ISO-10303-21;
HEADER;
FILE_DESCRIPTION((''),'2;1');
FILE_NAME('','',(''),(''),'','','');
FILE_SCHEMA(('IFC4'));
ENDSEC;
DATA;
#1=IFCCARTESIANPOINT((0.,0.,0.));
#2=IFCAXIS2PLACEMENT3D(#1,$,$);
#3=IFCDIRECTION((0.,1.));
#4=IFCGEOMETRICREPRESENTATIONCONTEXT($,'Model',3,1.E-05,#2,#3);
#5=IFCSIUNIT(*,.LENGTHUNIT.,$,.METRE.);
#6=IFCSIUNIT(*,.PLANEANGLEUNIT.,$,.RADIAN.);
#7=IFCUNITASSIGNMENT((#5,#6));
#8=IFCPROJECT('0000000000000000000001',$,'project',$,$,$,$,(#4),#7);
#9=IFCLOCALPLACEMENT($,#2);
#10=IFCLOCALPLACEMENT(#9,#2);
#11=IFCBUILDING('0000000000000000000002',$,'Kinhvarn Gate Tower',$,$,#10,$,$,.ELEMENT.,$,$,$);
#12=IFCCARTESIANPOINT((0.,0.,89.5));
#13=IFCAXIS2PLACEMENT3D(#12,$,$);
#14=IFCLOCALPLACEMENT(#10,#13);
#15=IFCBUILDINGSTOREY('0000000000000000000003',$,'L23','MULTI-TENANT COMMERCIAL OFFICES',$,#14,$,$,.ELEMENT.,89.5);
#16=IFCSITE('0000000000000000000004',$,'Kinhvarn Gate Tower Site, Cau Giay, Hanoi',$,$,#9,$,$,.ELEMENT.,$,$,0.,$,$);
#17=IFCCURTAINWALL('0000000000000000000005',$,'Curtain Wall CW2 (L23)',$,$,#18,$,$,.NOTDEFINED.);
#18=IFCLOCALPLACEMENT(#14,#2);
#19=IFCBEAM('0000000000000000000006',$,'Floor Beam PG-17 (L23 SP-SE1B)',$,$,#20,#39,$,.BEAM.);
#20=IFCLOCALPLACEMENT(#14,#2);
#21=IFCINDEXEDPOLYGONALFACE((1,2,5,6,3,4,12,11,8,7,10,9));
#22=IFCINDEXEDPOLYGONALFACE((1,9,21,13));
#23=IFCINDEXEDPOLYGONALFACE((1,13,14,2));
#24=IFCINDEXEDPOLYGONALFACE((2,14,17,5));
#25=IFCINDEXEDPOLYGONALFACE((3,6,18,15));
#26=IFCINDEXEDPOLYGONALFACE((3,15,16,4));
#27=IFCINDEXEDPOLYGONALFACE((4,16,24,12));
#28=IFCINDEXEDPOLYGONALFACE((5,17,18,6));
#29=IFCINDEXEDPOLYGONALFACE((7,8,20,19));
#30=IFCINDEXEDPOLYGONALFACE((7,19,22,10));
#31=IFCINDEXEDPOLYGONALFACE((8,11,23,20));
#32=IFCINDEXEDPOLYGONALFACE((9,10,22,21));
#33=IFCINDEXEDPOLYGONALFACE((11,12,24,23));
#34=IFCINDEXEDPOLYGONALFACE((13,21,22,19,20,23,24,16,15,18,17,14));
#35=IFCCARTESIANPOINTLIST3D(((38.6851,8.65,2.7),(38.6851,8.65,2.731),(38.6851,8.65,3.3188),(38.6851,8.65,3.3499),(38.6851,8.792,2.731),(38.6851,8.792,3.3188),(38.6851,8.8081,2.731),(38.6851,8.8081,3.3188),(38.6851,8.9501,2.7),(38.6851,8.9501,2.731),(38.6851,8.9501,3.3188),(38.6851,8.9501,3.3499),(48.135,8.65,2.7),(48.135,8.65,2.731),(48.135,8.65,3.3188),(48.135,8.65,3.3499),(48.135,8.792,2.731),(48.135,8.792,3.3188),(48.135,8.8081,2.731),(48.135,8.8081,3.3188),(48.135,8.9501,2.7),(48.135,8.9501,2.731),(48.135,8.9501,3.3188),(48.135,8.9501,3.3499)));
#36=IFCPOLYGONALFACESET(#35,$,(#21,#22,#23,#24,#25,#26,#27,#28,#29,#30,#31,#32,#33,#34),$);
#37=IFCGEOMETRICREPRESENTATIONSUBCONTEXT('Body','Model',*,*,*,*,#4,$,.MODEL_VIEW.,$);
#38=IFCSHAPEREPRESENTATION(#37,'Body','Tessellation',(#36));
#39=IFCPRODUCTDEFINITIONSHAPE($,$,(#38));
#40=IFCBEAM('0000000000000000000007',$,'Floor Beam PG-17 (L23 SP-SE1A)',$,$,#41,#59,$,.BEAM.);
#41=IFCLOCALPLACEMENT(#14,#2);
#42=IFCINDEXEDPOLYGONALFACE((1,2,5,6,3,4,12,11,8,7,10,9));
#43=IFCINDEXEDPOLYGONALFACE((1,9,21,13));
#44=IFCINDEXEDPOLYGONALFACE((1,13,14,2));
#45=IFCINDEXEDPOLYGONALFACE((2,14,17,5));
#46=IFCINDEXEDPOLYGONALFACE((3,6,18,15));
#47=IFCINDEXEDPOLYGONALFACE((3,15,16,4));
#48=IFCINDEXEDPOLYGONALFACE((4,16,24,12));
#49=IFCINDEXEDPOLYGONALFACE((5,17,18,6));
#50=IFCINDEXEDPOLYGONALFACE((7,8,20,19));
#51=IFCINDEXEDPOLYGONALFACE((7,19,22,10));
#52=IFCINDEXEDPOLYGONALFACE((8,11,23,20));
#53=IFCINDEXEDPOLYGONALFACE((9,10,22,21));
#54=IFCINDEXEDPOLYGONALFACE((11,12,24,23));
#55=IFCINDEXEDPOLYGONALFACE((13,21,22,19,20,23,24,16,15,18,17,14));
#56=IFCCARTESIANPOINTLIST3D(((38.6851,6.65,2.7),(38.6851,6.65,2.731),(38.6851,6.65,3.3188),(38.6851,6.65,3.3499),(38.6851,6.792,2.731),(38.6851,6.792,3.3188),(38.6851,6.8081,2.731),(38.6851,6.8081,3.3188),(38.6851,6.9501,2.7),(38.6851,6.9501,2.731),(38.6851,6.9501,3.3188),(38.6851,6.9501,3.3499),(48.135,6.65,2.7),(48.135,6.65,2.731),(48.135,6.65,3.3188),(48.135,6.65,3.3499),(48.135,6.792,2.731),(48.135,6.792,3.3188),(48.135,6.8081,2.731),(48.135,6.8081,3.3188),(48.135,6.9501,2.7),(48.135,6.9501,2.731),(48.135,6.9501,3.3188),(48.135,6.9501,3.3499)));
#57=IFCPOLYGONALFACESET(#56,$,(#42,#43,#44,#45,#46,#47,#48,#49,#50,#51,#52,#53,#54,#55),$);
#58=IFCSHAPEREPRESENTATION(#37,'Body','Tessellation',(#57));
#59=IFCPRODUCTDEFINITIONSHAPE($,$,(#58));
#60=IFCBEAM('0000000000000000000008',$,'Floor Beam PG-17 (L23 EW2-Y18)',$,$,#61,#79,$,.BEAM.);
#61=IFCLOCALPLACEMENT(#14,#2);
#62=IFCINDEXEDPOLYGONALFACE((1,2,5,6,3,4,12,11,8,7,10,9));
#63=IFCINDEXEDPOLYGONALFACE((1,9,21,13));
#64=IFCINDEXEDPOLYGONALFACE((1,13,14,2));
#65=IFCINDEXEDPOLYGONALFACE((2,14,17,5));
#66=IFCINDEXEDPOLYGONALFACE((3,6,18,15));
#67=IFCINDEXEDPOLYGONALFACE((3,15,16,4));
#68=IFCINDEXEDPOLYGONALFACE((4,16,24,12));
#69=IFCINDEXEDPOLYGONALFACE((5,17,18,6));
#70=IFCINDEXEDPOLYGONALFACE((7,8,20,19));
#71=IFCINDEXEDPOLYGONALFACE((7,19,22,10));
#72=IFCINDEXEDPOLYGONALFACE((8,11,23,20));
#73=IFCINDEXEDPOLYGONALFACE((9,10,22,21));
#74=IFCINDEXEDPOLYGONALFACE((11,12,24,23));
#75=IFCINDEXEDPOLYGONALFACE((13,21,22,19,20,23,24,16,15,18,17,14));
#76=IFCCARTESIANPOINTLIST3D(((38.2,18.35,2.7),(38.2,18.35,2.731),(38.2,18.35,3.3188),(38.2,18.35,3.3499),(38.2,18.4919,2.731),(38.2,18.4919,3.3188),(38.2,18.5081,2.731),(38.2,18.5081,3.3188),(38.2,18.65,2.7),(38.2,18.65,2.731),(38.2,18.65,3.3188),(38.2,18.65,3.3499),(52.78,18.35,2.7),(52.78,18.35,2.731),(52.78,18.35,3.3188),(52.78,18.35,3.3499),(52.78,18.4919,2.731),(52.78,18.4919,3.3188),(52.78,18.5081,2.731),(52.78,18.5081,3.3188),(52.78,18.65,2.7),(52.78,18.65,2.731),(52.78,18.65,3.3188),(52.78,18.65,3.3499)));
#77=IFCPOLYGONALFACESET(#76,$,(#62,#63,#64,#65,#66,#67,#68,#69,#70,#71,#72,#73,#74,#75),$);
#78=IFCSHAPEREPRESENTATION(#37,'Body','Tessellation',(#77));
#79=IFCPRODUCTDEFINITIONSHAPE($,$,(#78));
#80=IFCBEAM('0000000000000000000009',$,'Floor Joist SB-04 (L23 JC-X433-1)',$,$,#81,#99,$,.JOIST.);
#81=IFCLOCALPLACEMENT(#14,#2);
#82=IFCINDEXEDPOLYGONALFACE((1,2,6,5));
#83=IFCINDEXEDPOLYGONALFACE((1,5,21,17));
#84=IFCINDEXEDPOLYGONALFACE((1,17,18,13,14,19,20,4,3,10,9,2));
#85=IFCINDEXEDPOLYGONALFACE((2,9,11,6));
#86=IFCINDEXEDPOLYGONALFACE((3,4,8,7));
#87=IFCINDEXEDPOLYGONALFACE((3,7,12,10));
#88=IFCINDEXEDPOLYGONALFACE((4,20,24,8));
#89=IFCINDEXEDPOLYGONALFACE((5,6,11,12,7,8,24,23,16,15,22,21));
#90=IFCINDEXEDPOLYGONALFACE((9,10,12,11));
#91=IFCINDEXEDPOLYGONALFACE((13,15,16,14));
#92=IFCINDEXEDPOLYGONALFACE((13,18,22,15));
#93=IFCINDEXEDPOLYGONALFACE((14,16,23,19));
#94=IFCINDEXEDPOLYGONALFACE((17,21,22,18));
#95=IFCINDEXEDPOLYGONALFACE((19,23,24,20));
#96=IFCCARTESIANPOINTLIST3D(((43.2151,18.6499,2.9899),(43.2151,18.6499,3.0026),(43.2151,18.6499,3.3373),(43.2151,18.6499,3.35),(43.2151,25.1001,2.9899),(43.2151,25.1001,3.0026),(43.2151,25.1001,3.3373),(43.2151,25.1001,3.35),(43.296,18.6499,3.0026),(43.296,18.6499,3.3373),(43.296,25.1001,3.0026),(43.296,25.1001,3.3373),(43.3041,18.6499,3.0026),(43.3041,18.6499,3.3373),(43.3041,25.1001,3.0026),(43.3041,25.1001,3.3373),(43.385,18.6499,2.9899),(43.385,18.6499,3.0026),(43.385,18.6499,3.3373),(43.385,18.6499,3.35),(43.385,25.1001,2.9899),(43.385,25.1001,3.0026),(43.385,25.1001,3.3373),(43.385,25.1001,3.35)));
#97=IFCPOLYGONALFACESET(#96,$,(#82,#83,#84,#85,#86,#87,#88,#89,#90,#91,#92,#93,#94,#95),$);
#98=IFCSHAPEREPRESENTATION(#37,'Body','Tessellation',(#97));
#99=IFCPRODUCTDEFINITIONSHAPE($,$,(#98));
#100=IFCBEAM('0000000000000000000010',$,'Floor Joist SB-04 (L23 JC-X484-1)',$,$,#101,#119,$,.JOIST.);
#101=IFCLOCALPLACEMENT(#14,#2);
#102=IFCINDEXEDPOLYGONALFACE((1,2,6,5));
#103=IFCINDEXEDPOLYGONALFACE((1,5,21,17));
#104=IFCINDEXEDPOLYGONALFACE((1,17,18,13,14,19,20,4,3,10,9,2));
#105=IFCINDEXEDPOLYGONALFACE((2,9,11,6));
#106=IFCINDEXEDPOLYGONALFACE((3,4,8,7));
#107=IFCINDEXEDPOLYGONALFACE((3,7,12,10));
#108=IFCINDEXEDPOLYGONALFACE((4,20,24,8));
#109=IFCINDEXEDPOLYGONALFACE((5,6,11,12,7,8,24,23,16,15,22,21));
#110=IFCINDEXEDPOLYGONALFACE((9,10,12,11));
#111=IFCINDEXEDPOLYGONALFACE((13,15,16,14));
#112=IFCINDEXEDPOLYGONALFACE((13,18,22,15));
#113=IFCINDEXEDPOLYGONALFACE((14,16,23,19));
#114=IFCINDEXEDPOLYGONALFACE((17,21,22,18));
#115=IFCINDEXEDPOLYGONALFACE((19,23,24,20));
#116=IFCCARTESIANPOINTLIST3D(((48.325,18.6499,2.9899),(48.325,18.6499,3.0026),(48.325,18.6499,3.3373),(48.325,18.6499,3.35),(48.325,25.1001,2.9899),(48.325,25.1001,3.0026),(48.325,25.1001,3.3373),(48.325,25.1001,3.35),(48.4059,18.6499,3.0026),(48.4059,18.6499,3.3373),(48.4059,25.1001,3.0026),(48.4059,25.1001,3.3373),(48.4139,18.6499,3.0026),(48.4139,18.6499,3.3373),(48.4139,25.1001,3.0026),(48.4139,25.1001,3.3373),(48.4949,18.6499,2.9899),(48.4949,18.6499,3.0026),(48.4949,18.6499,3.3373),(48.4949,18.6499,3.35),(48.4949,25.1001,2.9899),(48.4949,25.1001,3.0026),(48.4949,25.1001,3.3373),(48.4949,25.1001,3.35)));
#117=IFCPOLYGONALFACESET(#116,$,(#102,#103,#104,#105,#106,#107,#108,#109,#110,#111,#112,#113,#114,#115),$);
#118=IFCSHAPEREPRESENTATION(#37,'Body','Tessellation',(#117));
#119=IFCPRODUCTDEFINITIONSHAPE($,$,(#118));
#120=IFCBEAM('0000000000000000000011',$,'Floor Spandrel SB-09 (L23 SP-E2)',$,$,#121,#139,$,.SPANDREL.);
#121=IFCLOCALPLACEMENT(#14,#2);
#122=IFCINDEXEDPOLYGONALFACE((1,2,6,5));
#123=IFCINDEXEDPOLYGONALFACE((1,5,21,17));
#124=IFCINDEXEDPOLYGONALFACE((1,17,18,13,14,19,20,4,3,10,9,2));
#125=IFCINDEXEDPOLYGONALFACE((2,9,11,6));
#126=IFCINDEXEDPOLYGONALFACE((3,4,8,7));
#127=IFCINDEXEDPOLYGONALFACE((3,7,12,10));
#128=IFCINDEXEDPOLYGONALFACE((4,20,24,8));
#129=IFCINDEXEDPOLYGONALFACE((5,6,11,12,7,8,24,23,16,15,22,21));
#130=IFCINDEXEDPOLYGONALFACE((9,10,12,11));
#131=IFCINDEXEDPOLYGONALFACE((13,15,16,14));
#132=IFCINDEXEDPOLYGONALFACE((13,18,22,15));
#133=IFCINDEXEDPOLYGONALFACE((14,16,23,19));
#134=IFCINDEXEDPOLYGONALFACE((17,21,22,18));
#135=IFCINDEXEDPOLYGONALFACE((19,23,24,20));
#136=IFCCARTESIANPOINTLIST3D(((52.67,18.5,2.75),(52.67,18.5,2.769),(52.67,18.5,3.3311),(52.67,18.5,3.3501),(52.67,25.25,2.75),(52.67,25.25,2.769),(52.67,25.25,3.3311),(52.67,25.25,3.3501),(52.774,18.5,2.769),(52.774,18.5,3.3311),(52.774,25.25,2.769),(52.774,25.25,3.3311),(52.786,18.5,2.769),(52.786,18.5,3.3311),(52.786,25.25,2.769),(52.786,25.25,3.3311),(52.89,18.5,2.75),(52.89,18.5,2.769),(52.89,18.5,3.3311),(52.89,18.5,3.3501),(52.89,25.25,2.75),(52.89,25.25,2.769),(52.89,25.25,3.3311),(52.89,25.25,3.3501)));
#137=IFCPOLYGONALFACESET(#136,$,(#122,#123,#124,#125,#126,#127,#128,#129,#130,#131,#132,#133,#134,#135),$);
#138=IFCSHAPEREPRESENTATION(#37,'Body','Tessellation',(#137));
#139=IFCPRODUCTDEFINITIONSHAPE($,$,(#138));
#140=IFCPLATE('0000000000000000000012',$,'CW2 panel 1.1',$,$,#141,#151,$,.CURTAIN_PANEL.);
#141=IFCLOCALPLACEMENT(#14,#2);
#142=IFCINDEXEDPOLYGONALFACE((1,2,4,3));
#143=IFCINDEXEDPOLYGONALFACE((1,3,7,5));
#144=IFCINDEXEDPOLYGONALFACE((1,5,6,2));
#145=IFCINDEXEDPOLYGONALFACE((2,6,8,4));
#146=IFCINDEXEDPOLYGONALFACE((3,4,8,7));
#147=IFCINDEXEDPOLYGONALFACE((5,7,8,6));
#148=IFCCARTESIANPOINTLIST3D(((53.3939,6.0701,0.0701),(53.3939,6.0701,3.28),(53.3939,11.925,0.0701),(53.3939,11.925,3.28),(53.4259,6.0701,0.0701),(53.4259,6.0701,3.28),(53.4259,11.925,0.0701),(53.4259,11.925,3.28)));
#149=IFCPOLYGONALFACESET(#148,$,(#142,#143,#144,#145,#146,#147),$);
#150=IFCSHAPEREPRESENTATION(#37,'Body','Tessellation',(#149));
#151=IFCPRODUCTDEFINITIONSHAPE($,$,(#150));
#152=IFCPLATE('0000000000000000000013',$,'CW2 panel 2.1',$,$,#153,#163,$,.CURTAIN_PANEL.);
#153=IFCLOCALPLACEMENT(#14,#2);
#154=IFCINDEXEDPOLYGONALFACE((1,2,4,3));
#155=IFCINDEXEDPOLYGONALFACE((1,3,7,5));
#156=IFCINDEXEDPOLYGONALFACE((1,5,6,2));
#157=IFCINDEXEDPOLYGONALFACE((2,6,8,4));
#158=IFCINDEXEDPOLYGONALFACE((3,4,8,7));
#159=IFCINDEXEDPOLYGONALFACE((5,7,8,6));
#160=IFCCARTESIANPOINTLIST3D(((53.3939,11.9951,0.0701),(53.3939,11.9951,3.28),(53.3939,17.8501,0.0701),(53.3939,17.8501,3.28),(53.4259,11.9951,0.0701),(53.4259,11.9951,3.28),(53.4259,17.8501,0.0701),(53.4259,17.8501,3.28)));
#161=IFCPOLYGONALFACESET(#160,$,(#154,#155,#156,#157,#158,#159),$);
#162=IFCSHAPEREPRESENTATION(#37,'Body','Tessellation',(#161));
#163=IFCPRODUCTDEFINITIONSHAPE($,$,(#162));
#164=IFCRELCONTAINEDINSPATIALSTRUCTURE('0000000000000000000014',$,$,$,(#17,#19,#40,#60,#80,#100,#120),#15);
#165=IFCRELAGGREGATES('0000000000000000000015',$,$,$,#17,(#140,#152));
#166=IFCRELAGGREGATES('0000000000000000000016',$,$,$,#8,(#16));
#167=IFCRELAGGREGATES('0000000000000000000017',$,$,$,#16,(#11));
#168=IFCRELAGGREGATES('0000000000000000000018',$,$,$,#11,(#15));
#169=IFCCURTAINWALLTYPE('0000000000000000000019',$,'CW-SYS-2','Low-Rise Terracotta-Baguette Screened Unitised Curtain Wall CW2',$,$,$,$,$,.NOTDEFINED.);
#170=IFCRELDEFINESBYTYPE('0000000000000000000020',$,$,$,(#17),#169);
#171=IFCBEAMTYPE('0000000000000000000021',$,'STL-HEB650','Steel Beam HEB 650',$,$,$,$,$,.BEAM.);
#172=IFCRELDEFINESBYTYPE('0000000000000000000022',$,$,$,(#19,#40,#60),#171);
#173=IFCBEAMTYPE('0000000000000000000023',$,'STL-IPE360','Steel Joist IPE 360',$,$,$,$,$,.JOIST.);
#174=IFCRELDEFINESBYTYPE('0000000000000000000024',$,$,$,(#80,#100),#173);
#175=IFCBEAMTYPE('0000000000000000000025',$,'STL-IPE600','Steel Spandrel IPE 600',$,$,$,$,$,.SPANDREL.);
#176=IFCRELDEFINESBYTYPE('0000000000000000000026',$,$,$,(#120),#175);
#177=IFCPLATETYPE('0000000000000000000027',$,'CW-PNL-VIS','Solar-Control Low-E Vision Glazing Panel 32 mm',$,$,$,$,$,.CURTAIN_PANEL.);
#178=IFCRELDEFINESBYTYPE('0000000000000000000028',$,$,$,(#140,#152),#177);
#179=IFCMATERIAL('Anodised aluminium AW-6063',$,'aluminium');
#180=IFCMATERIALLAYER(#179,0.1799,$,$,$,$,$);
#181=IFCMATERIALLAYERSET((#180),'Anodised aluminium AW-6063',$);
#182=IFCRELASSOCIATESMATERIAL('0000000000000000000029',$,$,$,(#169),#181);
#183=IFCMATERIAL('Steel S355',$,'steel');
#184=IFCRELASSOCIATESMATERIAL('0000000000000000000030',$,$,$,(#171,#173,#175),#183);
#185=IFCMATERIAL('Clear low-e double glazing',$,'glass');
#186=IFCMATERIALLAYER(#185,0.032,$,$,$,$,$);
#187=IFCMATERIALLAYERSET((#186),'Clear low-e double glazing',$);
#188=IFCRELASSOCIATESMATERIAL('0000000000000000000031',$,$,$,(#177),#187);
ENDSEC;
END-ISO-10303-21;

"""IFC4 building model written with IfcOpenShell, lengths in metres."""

from ifc_helpers import new_model, si_unit, direction, frame, origin, origin_2d, place, context, subcontext, project, spatial, rectangle, i_section, extrude, material, layer, layer_set, material_profile, profile_set, type_object, element, aggregate, save


model = new_model("IFC4")

# Units and contexts
model_context = context("Model", 3, precision=1e-05, world=origin(), true_north=direction((0.0, 1.0)))
body_context = subcontext(model_context, "Body", "Model", "MODEL_VIEW")
ifc_project = project(units=[si_unit("LENGTHUNIT", "METRE"), si_unit("PLANEANGLEUNIT", "RADIAN")], contexts=[model_context])

# Site, building, storey
site_placement = place(None, origin())
site = spatial("IfcSite", under=ifc_project, at=site_placement, Name="Kinhvarn Gate Tower Site, Cau Giay, Hanoi", CompositionType="ELEMENT", RefElevation=0.0)
building_placement = place(site_placement, origin())
building = spatial("IfcBuilding", under=site, at=building_placement, Name="Kinhvarn Gate Tower", CompositionType="ELEMENT")
storey_placement = place(building_placement, frame((0.0, 0.0, 89.5)))
storey = spatial("IfcBuildingStorey", under=building, at=storey_placement, Name="L23", Description="MULTI-TENANT COMMERCIAL OFFICES", CompositionType="ELEMENT", Elevation=89.5)

# Curtain wall
ifc_material_1 = material(Name="Anodised aluminium AW-6063", Category="aluminium")
ifc_layer_1 = layer(ifc_material_1, 0.1799)
ifc_layer_set_1 = layer_set([ifc_layer_1], Name="Anodised aluminium AW-6063")
curtain_wall_type = type_object("IfcCurtainWallType", Name="CW-SYS-2", Description="Low-Rise Terracotta-Baguette Screened Unitised Curtain Wall CW2", PredefinedType="NOTDEFINED", material=ifc_layer_set_1)
curtain_wall_1_placement = place(storey_placement, origin())
curtain_wall_1 = element("IfcCurtainWall", 1, at=curtain_wall_1_placement, inside=storey, type_object=curtain_wall_type, Name="Curtain Wall CW2 (L23)", PredefinedType="NOTDEFINED")

# Beams
ifc_material_2 = material(Name="Steel S355", Category="steel")
ifc_material_profile_1 = material_profile(ifc_material_2, i_section(OverallWidth=0.3, OverallDepth=0.6499, WebThickness=0.0161, FlangeThickness=0.031, at=origin_2d()), Name="HEB 650")
ifc_profile_set_1 = profile_set([ifc_material_profile_1], Name="Steel S355")
beam_type_1 = type_object("IfcBeamType", Name="STL-HEB650", Description="Steel Beam HEB 650", PredefinedType="BEAM", material=ifc_profile_set_1)
for number, where, z_axis, x_axis, name in (
    (2, (38.6851, 8.8, 3.0249), (1.0, 0.0, 0.0), (0.0, 1.0, 0.0), "Floor Beam PG-17 (L23 SP-SE1B)"),
    (3, (38.6851, 6.8, 3.0249), (1.0, 0.0, 0.0), (0.0, 1.0, 0.0), "Floor Beam PG-17 (L23 SP-SE1A)"),
):
    element("IfcBeam", number, at=place(storey_placement, frame(where, z_axis=z_axis, x_axis=x_axis)), inside=storey, type_object=beam_type_1, Name=name, PredefinedType="BEAM", context=body_context, shape_type="SweptSolid", body=[
        extrude(i_section(OverallWidth=0.3, OverallDepth=0.6499, WebThickness=0.0161, FlangeThickness=0.031, at=origin_2d()), origin(), (0.0, 0.0, 1.0), 9.45),
    ])
beam_1_placement = place(storey_placement, frame((38.2, 18.5, 3.0249), z_axis=(1.0, 0.0, 0.0), x_axis=(0.0, 1.0, 0.0)))
element("IfcBeam", 4, at=beam_1_placement, inside=storey, type_object=beam_type_1, Name="Floor Beam PG-17 (L23 EW2-Y18)", PredefinedType="BEAM", context=body_context, shape_type="SweptSolid", body=[
    extrude(i_section(OverallWidth=0.3, OverallDepth=0.6499, WebThickness=0.0161, FlangeThickness=0.031, at=origin_2d()), origin(), (0.0, 0.0, 1.0), 14.5801),
])
ifc_material_profile_2 = material_profile(ifc_material_2, i_section(OverallWidth=0.1699, OverallDepth=0.3601, WebThickness=0.0081, FlangeThickness=0.0127, at=origin_2d()), Name="IPE 360")
ifc_profile_set_2 = profile_set([ifc_material_profile_2], Name="Steel S355")
beam_type_2 = type_object("IfcBeamType", Name="STL-IPE360", Description="Steel Joist IPE 360", PredefinedType="JOIST", material=ifc_profile_set_2)
for number, where, z_axis, x_axis, name in (
    (5, (43.3, 18.6499, 3.1699), (0.0, 1.0, 0.0), (-1.0, 0.0, 0.0), "Floor Joist SB-04 (L23 JC-X433-1)"),
    (6, (48.4099, 18.6499, 3.1699), (0.0, 1.0, 0.0), (-1.0, 0.0, 0.0), "Floor Joist SB-04 (L23 JC-X484-1)"),
):
    element("IfcBeam", number, at=place(storey_placement, frame(where, z_axis=z_axis, x_axis=x_axis)), inside=storey, type_object=beam_type_2, Name=name, PredefinedType="JOIST", context=body_context, shape_type="SweptSolid", body=[
        extrude(i_section(OverallWidth=0.1699, OverallDepth=0.3601, WebThickness=0.0081, FlangeThickness=0.0127, at=origin_2d()), origin(), (0.0, 0.0, 1.0), 6.4502),
    ])
ifc_material_profile_3 = material_profile(ifc_material_2, i_section(OverallWidth=0.22, OverallDepth=0.6001, WebThickness=0.012, FlangeThickness=0.019, at=origin_2d()), Name="IPE 600")
ifc_profile_set_3 = profile_set([ifc_material_profile_3], Name="Steel S355")
beam_type_3 = type_object("IfcBeamType", Name="STL-IPE600", Description="Steel Spandrel IPE 600", PredefinedType="SPANDREL", material=ifc_profile_set_3)
beam_2_placement = place(storey_placement, frame((52.78, 18.5, 3.05), z_axis=(0.0, 1.0, 0.0), x_axis=(-1.0, 0.0, 0.0)))
element("IfcBeam", 7, at=beam_2_placement, inside=storey, type_object=beam_type_3, Name="Floor Spandrel SB-09 (L23 SP-E2)", PredefinedType="SPANDREL", context=body_context, shape_type="SweptSolid", body=[
    extrude(i_section(OverallWidth=0.22, OverallDepth=0.6001, WebThickness=0.012, FlangeThickness=0.019, at=origin_2d()), origin(), (0.0, 0.0, 1.0), 6.75),
])

# Plates
ifc_material_3 = material(Name="Clear low-e double glazing", Category="glass")
ifc_layer_2 = layer(ifc_material_3, 0.032)
ifc_layer_set_2 = layer_set([ifc_layer_2], Name="Clear low-e double glazing")
plate_type = type_object("IfcPlateType", Name="CW-PNL-VIS", Description="Solar-Control Low-E Vision Glazing Panel 32 mm", PredefinedType="CURTAIN_PANEL", material=ifc_layer_set_2)
plate_1_placement = place(storey_placement, frame((53.4099, 8.9976, 0.0701), z_axis=(0.0, 0.0, 1.0), x_axis=(0.0, 1.0, 0.0)))
plate_1 = element("IfcPlate", 8, at=plate_1_placement, type_object=plate_type, Name="CW2 panel 1.1", PredefinedType="CURTAIN_PANEL", context=body_context, shape_type="SweptSolid", body=[
    extrude(rectangle(XDim=5.855, YDim=0.032, at=origin_2d()), origin(), (0.0, 0.0, 1.0), 3.21),
])
plate_2_placement = place(storey_placement, frame((53.4099, 14.9226, 0.0701), z_axis=(0.0, 0.0, 1.0), x_axis=(0.0, 1.0, 0.0)))
plate_2 = element("IfcPlate", 9, at=plate_2_placement, type_object=plate_type, Name="CW2 panel 2.1", PredefinedType="CURTAIN_PANEL", context=body_context, shape_type="SweptSolid", body=[
    extrude(rectangle(XDim=5.855, YDim=0.032, at=origin_2d()), origin(), (0.0, 0.0, 1.0), 3.21),
])
aggregate(curtain_wall_1, [plate_1, plate_2])

save(model, "model.ifc")
